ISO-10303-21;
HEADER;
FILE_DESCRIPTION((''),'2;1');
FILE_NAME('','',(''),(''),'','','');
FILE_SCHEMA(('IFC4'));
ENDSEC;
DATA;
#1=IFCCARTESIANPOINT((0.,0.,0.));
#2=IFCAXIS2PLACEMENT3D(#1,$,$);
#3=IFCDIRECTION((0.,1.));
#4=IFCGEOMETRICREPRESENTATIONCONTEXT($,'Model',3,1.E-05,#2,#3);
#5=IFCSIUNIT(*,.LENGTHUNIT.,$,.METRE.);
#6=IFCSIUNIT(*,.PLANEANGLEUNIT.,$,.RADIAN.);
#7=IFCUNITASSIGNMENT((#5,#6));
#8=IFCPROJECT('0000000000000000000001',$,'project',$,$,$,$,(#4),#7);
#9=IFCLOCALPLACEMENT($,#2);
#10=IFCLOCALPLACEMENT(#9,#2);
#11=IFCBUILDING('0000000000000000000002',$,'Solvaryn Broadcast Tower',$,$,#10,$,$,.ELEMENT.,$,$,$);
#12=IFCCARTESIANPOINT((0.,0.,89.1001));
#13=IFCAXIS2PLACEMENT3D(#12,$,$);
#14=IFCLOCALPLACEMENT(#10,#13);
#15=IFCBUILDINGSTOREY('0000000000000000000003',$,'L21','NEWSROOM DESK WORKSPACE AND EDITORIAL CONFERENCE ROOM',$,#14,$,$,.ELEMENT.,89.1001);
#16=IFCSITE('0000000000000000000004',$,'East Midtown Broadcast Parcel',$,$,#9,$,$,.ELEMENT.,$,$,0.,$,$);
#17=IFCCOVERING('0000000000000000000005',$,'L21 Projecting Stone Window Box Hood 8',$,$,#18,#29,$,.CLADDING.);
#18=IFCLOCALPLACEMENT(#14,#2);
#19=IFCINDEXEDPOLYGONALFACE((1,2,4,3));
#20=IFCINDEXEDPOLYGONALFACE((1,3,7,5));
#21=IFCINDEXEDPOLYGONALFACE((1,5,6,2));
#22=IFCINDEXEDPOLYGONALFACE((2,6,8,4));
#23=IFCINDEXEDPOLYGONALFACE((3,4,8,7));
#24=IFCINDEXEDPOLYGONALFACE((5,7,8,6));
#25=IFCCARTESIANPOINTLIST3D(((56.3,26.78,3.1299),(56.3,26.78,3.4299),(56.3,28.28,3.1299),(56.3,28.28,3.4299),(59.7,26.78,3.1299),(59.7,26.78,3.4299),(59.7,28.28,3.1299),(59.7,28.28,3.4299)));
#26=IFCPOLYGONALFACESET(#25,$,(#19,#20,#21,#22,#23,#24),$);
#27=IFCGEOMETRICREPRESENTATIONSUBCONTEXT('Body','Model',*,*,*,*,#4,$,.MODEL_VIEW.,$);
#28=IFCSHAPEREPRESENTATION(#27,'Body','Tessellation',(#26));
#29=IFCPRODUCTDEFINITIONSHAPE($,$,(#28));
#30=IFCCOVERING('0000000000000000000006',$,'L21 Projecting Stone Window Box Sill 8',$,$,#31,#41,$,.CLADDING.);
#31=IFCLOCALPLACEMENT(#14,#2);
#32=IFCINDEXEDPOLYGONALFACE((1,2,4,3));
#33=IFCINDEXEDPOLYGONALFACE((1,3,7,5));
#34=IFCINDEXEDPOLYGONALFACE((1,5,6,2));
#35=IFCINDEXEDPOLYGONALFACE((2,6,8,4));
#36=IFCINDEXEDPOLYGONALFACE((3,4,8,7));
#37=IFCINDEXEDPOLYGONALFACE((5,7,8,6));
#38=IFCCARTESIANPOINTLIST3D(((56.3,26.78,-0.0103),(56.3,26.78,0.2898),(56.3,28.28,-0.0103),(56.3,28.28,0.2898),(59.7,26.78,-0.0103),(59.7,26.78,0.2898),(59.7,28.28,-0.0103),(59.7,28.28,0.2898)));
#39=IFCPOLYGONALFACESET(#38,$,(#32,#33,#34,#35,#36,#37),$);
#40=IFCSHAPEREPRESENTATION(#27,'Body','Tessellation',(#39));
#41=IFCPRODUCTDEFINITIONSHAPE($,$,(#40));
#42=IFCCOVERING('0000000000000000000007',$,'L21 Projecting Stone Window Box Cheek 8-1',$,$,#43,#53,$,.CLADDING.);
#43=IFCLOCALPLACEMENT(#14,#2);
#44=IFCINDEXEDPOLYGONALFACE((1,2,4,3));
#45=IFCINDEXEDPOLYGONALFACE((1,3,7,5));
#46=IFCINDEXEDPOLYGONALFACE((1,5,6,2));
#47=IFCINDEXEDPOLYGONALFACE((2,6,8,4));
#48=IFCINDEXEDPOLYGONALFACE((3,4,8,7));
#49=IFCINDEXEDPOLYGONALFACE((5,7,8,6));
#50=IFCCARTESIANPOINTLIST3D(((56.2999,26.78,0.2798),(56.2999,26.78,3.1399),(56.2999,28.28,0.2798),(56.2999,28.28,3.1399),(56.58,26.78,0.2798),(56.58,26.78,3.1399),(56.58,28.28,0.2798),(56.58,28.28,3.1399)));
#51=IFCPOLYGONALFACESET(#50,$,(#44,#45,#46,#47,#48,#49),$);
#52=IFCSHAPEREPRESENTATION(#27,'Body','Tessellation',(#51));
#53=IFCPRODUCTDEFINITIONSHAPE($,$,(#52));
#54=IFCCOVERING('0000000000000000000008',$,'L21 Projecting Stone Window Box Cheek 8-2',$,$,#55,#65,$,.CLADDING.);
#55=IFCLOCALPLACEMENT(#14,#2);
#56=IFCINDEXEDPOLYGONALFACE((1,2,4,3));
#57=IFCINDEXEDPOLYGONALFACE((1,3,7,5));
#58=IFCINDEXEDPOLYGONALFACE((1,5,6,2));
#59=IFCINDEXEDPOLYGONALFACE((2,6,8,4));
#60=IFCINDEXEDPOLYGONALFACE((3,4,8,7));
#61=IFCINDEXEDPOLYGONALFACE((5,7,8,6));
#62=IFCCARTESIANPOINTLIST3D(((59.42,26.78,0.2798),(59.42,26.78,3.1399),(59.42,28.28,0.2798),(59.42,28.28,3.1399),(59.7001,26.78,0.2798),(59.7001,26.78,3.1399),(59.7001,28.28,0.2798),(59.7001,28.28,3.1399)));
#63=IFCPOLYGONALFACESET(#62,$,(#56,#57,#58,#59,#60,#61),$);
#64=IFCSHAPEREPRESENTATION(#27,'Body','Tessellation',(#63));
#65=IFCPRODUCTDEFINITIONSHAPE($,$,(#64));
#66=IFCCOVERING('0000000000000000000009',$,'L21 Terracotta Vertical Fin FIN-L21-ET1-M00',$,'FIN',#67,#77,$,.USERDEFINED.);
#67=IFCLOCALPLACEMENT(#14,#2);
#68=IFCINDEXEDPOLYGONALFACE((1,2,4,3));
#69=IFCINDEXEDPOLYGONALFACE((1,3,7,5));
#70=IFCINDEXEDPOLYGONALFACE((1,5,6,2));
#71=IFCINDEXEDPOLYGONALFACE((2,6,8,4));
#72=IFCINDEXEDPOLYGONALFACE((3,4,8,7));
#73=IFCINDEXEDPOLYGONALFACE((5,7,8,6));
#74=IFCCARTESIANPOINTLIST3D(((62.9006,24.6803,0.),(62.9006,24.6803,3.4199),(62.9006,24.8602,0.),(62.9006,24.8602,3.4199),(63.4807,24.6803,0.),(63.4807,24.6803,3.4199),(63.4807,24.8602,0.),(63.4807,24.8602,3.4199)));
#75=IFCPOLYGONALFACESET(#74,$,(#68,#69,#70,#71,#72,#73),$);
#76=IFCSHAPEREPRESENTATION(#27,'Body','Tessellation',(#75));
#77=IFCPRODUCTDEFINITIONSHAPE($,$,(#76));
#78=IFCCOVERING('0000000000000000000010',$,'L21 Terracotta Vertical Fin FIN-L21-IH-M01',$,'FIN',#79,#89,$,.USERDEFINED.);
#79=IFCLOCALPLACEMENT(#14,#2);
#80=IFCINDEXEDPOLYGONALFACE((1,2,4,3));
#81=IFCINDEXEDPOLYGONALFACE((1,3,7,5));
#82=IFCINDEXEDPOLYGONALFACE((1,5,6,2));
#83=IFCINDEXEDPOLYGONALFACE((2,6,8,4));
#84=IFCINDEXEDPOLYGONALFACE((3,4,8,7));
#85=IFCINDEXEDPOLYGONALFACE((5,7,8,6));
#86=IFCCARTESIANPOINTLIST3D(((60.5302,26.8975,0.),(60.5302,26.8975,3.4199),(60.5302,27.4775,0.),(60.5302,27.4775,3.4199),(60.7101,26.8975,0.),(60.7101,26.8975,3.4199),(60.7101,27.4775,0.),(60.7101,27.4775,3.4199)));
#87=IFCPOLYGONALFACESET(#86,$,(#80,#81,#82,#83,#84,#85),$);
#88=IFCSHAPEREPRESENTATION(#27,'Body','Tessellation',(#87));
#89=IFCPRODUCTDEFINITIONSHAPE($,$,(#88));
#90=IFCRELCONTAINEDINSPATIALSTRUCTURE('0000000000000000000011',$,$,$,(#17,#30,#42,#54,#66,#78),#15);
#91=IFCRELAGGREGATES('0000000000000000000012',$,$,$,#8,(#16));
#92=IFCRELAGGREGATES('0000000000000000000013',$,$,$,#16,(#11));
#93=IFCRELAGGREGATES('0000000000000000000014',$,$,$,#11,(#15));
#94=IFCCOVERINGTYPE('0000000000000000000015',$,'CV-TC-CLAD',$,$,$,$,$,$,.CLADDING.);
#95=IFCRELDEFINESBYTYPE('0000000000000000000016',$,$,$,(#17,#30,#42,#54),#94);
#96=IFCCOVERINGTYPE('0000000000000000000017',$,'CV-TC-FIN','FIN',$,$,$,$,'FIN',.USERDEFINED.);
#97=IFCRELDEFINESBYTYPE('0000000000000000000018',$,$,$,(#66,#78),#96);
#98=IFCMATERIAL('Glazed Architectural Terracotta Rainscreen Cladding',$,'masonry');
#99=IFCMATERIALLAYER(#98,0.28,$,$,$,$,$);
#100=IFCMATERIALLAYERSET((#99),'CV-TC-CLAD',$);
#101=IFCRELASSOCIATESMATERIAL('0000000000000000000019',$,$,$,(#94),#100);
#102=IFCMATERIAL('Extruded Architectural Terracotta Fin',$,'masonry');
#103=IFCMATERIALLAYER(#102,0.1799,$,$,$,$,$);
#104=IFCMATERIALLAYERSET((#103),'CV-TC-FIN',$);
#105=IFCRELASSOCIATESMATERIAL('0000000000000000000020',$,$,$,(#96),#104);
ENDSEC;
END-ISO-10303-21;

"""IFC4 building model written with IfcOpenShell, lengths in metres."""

from ifc_helpers import new_model, si_unit, direction, frame, origin, origin_2d, place, context, subcontext, project, spatial, rectangle, extrude, material, layer, layer_set, type_object, element, save


model = new_model("IFC4")

# Units and contexts
model_context = context("Model", 3, precision=1e-05, world=origin(), true_north=direction((0.0, 1.0)))
body_context = subcontext(model_context, "Body", "Model", "MODEL_VIEW")
ifc_project = project(units=[si_unit("LENGTHUNIT", "METRE"), si_unit("PLANEANGLEUNIT", "RADIAN")], contexts=[model_context])

# Site, building, storey
site_placement = place(None, origin())
site = spatial("IfcSite", under=ifc_project, at=site_placement, Name="East Midtown Broadcast Parcel", CompositionType="ELEMENT", RefElevation=0.0)
building_placement = place(site_placement, origin())
building = spatial("IfcBuilding", under=site, at=building_placement, Name="Solvaryn Broadcast Tower", CompositionType="ELEMENT")
storey_placement = place(building_placement, frame((0.0, 0.0, 89.1001)))
storey = spatial("IfcBuildingStorey", under=building, at=storey_placement, Name="L21", Description="NEWSROOM DESK WORKSPACE AND EDITORIAL CONFERENCE ROOM", CompositionType="ELEMENT", Elevation=89.1001)

# Coverings
ifc_material_1 = material(Name="Glazed Architectural Terracotta Rainscreen Cladding", Category="masonry")
ifc_layer_1 = layer(ifc_material_1, 0.28)
ifc_layer_set_1 = layer_set([ifc_layer_1], Name="CV-TC-CLAD")
covering_type_1 = type_object("IfcCoveringType", Name="CV-TC-CLAD", PredefinedType="CLADDING", material=ifc_layer_set_1)
for number, where, z_axis, x_axis, name in (
    (1, (58.0, 27.53, 3.1299), (0.0, 0.0, 1.0), (1.0, 0.0, 0.0), "L21 Projecting Stone Window Box Hood 8"),
    (2, (58.0, 27.53, -0.0103), (0.0, 0.0, 1.0), (1.0, 0.0, 0.0), "L21 Projecting Stone Window Box Sill 8"),
):
    element("IfcCovering", number, at=place(storey_placement, frame(where, z_axis=z_axis, x_axis=x_axis)), inside=storey, type_object=covering_type_1, Name=name, PredefinedType="CLADDING", context=body_context, shape_type="SweptSolid", body=[
        extrude(rectangle(XDim=3.3999, YDim=1.5, at=origin_2d()), origin(), (0.0, 0.0, 1.0), 0.3),
    ])
for number, where, z_axis, x_axis, name in (
    (3, (56.4399, 27.53, 0.2798), (0.0, 0.0, 1.0), (1.0, 0.0, 0.0), "L21 Projecting Stone Window Box Cheek 8-1"),
    (4, (59.5601, 27.53, 0.2798), (0.0, 0.0, 1.0), (1.0, 0.0, 0.0), "L21 Projecting Stone Window Box Cheek 8-2"),
):
    element("IfcCovering", number, at=place(storey_placement, frame(where, z_axis=z_axis, x_axis=x_axis)), inside=storey, type_object=covering_type_1, Name=name, PredefinedType="CLADDING", context=body_context, shape_type="SweptSolid", body=[
        extrude(rectangle(XDim=0.28, YDim=1.5, at=origin_2d()), origin(), (0.0, 0.0, 1.0), 2.8601),
    ])
ifc_material_2 = material(Name="Extruded Architectural Terracotta Fin", Category="masonry")
ifc_layer_2 = layer(ifc_material_2, 0.1799)
ifc_layer_set_2 = layer_set([ifc_layer_2], Name="CV-TC-FIN")
covering_type_2 = type_object("IfcCoveringType", Name="CV-TC-FIN", Description="FIN", ElementType="FIN", PredefinedType="USERDEFINED", material=ifc_layer_set_2)
covering_1_placement = place(storey_placement, frame((63.1907, 24.7703, 0.0), z_axis=(0.0, 0.0, 1.0), x_axis=(1.0, 0.0, 0.0)))
element("IfcCovering", 5, at=covering_1_placement, inside=storey, type_object=covering_type_2, Name="L21 Terracotta Vertical Fin FIN-L21-ET1-M00", ObjectType="FIN", PredefinedType="USERDEFINED", context=body_context, shape_type="SweptSolid", body=[
    extrude(rectangle(XDim=0.5801, YDim=0.1799, at=origin_2d()), origin(), (0.0, 0.0, 1.0), 3.4199),
])
covering_2_placement = place(storey_placement, frame((60.6201, 27.1875, 0.0), z_axis=(0.0, 0.0, 1.0), x_axis=(1.0, 0.0, 0.0)))
element("IfcCovering", 6, at=covering_2_placement, inside=storey, type_object=covering_type_2, Name="L21 Terracotta Vertical Fin FIN-L21-IH-M01", ObjectType="FIN", PredefinedType="USERDEFINED", context=body_context, shape_type="SweptSolid", body=[
    extrude(rectangle(XDim=0.1799, YDim=0.5801, at=origin_2d()), origin(), (0.0, 0.0, 1.0), 3.4199),
])

save(model, "model.ifc")
